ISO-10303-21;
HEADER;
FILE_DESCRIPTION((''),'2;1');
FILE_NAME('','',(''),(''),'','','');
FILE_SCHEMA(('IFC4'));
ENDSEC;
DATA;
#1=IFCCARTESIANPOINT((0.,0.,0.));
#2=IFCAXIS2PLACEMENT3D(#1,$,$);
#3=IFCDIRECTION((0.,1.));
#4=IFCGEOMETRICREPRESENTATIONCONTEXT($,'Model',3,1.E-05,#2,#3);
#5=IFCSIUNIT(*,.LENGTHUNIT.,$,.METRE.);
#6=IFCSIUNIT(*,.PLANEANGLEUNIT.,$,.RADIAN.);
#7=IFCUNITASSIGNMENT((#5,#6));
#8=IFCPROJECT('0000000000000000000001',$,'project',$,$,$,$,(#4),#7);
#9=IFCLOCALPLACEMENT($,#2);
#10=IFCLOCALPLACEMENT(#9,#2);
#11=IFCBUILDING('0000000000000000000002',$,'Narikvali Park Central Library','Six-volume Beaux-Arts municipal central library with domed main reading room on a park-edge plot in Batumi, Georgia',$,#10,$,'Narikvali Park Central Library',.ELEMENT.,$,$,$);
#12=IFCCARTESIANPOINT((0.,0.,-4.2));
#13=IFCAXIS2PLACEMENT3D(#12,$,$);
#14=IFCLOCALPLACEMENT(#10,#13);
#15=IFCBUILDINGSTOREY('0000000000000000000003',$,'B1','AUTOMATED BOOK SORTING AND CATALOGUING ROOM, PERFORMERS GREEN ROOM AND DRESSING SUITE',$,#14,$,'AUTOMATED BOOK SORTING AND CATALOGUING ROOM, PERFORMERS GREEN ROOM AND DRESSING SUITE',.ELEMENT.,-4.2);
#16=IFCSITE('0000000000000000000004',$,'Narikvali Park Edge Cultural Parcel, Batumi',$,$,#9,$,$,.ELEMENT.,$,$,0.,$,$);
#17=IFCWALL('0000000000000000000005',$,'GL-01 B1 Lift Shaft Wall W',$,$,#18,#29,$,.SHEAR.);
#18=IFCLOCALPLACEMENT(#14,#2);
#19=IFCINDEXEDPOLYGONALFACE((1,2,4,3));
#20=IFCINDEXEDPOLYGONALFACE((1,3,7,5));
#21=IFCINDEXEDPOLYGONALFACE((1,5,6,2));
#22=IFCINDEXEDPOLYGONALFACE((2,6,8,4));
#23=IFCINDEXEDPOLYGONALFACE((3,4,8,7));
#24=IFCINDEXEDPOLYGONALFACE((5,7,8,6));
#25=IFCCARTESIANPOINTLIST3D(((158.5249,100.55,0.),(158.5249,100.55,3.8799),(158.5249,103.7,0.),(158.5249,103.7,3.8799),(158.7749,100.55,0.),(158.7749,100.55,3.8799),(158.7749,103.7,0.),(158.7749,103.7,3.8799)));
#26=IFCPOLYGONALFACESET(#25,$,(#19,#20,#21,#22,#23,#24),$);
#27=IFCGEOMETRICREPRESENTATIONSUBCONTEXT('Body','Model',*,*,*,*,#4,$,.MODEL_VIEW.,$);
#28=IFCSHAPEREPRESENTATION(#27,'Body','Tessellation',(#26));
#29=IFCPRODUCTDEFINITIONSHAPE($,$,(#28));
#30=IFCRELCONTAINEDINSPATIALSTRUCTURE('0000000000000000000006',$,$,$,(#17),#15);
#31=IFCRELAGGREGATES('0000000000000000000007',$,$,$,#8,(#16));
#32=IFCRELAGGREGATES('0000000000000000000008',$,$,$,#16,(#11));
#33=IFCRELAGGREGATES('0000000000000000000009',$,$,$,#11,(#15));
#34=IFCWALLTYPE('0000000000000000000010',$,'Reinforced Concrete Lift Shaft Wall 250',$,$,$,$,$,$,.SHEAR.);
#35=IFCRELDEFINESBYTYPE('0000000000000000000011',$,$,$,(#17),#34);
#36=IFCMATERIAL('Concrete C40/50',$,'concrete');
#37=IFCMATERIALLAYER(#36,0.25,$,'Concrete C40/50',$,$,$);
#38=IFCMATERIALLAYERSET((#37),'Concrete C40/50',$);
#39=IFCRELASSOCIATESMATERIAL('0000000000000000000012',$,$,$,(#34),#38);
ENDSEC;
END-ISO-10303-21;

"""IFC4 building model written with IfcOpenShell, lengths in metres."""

from ifc_helpers import new_model, si_unit, direction, frame, frame_2d, origin, place, context, subcontext, project, spatial, rectangle, extrude, material, layer, layer_set, type_object, element, save


model = new_model("IFC4")

# Units and contexts
model_context = context("Model", 3, precision=1e-05, world=origin(), true_north=direction((0.0, 1.0)))
body_context = subcontext(model_context, "Body", "Model", "MODEL_VIEW")
ifc_project = project(units=[si_unit("LENGTHUNIT", "METRE"), si_unit("PLANEANGLEUNIT", "RADIAN")], contexts=[model_context])

# Site, building, storey
site_placement = place(None, origin())
site = spatial("IfcSite", under=ifc_project, at=site_placement, Name="Narikvali Park Edge Cultural Parcel, Batumi", CompositionType="ELEMENT", RefElevation=0.0)
building_placement = place(site_placement, origin())
building = spatial("IfcBuilding", under=site, at=building_placement, Name="Narikvali Park Central Library", Description="Six-volume Beaux-Arts municipal central library with domed main reading room on a park-edge plot in Batumi, Georgia", LongName="Narikvali Park Central Library", CompositionType="ELEMENT")
storey_placement = place(building_placement, frame((0.0, 0.0, -4.2)))
storey = spatial("IfcBuildingStorey", under=building, at=storey_placement, Name="B1", Description="AUTOMATED BOOK SORTING AND CATALOGUING ROOM, PERFORMERS GREEN ROOM AND DRESSING SUITE", LongName="AUTOMATED BOOK SORTING AND CATALOGUING ROOM, PERFORMERS GREEN ROOM AND DRESSING SUITE", CompositionType="ELEMENT", Elevation=-4.2)

# Wall
ifc_material_1 = material(Name="Concrete C40/50", Category="concrete")
ifc_layer_1 = layer(ifc_material_1, 0.25, Name="Concrete C40/50")
ifc_layer_set_1 = layer_set([ifc_layer_1], Name="Concrete C40/50")
wall_type_1 = type_object("IfcWallType", Name="Reinforced Concrete Lift Shaft Wall 250", PredefinedType="SHEAR", material=ifc_layer_set_1)
wall_1_placement = place(storey_placement, frame((158.6499, 103.7, 0.0), z_axis=(0.0, 0.0, 1.0), x_axis=(0.0, -1.0, 0.0)))
element("IfcWall", 1, at=wall_1_placement, inside=storey, type_object=wall_type_1, Name="GL-01 B1 Lift Shaft Wall W", PredefinedType="SHEAR", context=body_context, shape_type="SweptSolid", body=[
    extrude(rectangle(XDim=3.1499, YDim=0.25, at=frame_2d((1.575, 0.0))), origin(), (0.0, 0.0, 1.0), 3.8799),
])

save(model, "model.ifc")
